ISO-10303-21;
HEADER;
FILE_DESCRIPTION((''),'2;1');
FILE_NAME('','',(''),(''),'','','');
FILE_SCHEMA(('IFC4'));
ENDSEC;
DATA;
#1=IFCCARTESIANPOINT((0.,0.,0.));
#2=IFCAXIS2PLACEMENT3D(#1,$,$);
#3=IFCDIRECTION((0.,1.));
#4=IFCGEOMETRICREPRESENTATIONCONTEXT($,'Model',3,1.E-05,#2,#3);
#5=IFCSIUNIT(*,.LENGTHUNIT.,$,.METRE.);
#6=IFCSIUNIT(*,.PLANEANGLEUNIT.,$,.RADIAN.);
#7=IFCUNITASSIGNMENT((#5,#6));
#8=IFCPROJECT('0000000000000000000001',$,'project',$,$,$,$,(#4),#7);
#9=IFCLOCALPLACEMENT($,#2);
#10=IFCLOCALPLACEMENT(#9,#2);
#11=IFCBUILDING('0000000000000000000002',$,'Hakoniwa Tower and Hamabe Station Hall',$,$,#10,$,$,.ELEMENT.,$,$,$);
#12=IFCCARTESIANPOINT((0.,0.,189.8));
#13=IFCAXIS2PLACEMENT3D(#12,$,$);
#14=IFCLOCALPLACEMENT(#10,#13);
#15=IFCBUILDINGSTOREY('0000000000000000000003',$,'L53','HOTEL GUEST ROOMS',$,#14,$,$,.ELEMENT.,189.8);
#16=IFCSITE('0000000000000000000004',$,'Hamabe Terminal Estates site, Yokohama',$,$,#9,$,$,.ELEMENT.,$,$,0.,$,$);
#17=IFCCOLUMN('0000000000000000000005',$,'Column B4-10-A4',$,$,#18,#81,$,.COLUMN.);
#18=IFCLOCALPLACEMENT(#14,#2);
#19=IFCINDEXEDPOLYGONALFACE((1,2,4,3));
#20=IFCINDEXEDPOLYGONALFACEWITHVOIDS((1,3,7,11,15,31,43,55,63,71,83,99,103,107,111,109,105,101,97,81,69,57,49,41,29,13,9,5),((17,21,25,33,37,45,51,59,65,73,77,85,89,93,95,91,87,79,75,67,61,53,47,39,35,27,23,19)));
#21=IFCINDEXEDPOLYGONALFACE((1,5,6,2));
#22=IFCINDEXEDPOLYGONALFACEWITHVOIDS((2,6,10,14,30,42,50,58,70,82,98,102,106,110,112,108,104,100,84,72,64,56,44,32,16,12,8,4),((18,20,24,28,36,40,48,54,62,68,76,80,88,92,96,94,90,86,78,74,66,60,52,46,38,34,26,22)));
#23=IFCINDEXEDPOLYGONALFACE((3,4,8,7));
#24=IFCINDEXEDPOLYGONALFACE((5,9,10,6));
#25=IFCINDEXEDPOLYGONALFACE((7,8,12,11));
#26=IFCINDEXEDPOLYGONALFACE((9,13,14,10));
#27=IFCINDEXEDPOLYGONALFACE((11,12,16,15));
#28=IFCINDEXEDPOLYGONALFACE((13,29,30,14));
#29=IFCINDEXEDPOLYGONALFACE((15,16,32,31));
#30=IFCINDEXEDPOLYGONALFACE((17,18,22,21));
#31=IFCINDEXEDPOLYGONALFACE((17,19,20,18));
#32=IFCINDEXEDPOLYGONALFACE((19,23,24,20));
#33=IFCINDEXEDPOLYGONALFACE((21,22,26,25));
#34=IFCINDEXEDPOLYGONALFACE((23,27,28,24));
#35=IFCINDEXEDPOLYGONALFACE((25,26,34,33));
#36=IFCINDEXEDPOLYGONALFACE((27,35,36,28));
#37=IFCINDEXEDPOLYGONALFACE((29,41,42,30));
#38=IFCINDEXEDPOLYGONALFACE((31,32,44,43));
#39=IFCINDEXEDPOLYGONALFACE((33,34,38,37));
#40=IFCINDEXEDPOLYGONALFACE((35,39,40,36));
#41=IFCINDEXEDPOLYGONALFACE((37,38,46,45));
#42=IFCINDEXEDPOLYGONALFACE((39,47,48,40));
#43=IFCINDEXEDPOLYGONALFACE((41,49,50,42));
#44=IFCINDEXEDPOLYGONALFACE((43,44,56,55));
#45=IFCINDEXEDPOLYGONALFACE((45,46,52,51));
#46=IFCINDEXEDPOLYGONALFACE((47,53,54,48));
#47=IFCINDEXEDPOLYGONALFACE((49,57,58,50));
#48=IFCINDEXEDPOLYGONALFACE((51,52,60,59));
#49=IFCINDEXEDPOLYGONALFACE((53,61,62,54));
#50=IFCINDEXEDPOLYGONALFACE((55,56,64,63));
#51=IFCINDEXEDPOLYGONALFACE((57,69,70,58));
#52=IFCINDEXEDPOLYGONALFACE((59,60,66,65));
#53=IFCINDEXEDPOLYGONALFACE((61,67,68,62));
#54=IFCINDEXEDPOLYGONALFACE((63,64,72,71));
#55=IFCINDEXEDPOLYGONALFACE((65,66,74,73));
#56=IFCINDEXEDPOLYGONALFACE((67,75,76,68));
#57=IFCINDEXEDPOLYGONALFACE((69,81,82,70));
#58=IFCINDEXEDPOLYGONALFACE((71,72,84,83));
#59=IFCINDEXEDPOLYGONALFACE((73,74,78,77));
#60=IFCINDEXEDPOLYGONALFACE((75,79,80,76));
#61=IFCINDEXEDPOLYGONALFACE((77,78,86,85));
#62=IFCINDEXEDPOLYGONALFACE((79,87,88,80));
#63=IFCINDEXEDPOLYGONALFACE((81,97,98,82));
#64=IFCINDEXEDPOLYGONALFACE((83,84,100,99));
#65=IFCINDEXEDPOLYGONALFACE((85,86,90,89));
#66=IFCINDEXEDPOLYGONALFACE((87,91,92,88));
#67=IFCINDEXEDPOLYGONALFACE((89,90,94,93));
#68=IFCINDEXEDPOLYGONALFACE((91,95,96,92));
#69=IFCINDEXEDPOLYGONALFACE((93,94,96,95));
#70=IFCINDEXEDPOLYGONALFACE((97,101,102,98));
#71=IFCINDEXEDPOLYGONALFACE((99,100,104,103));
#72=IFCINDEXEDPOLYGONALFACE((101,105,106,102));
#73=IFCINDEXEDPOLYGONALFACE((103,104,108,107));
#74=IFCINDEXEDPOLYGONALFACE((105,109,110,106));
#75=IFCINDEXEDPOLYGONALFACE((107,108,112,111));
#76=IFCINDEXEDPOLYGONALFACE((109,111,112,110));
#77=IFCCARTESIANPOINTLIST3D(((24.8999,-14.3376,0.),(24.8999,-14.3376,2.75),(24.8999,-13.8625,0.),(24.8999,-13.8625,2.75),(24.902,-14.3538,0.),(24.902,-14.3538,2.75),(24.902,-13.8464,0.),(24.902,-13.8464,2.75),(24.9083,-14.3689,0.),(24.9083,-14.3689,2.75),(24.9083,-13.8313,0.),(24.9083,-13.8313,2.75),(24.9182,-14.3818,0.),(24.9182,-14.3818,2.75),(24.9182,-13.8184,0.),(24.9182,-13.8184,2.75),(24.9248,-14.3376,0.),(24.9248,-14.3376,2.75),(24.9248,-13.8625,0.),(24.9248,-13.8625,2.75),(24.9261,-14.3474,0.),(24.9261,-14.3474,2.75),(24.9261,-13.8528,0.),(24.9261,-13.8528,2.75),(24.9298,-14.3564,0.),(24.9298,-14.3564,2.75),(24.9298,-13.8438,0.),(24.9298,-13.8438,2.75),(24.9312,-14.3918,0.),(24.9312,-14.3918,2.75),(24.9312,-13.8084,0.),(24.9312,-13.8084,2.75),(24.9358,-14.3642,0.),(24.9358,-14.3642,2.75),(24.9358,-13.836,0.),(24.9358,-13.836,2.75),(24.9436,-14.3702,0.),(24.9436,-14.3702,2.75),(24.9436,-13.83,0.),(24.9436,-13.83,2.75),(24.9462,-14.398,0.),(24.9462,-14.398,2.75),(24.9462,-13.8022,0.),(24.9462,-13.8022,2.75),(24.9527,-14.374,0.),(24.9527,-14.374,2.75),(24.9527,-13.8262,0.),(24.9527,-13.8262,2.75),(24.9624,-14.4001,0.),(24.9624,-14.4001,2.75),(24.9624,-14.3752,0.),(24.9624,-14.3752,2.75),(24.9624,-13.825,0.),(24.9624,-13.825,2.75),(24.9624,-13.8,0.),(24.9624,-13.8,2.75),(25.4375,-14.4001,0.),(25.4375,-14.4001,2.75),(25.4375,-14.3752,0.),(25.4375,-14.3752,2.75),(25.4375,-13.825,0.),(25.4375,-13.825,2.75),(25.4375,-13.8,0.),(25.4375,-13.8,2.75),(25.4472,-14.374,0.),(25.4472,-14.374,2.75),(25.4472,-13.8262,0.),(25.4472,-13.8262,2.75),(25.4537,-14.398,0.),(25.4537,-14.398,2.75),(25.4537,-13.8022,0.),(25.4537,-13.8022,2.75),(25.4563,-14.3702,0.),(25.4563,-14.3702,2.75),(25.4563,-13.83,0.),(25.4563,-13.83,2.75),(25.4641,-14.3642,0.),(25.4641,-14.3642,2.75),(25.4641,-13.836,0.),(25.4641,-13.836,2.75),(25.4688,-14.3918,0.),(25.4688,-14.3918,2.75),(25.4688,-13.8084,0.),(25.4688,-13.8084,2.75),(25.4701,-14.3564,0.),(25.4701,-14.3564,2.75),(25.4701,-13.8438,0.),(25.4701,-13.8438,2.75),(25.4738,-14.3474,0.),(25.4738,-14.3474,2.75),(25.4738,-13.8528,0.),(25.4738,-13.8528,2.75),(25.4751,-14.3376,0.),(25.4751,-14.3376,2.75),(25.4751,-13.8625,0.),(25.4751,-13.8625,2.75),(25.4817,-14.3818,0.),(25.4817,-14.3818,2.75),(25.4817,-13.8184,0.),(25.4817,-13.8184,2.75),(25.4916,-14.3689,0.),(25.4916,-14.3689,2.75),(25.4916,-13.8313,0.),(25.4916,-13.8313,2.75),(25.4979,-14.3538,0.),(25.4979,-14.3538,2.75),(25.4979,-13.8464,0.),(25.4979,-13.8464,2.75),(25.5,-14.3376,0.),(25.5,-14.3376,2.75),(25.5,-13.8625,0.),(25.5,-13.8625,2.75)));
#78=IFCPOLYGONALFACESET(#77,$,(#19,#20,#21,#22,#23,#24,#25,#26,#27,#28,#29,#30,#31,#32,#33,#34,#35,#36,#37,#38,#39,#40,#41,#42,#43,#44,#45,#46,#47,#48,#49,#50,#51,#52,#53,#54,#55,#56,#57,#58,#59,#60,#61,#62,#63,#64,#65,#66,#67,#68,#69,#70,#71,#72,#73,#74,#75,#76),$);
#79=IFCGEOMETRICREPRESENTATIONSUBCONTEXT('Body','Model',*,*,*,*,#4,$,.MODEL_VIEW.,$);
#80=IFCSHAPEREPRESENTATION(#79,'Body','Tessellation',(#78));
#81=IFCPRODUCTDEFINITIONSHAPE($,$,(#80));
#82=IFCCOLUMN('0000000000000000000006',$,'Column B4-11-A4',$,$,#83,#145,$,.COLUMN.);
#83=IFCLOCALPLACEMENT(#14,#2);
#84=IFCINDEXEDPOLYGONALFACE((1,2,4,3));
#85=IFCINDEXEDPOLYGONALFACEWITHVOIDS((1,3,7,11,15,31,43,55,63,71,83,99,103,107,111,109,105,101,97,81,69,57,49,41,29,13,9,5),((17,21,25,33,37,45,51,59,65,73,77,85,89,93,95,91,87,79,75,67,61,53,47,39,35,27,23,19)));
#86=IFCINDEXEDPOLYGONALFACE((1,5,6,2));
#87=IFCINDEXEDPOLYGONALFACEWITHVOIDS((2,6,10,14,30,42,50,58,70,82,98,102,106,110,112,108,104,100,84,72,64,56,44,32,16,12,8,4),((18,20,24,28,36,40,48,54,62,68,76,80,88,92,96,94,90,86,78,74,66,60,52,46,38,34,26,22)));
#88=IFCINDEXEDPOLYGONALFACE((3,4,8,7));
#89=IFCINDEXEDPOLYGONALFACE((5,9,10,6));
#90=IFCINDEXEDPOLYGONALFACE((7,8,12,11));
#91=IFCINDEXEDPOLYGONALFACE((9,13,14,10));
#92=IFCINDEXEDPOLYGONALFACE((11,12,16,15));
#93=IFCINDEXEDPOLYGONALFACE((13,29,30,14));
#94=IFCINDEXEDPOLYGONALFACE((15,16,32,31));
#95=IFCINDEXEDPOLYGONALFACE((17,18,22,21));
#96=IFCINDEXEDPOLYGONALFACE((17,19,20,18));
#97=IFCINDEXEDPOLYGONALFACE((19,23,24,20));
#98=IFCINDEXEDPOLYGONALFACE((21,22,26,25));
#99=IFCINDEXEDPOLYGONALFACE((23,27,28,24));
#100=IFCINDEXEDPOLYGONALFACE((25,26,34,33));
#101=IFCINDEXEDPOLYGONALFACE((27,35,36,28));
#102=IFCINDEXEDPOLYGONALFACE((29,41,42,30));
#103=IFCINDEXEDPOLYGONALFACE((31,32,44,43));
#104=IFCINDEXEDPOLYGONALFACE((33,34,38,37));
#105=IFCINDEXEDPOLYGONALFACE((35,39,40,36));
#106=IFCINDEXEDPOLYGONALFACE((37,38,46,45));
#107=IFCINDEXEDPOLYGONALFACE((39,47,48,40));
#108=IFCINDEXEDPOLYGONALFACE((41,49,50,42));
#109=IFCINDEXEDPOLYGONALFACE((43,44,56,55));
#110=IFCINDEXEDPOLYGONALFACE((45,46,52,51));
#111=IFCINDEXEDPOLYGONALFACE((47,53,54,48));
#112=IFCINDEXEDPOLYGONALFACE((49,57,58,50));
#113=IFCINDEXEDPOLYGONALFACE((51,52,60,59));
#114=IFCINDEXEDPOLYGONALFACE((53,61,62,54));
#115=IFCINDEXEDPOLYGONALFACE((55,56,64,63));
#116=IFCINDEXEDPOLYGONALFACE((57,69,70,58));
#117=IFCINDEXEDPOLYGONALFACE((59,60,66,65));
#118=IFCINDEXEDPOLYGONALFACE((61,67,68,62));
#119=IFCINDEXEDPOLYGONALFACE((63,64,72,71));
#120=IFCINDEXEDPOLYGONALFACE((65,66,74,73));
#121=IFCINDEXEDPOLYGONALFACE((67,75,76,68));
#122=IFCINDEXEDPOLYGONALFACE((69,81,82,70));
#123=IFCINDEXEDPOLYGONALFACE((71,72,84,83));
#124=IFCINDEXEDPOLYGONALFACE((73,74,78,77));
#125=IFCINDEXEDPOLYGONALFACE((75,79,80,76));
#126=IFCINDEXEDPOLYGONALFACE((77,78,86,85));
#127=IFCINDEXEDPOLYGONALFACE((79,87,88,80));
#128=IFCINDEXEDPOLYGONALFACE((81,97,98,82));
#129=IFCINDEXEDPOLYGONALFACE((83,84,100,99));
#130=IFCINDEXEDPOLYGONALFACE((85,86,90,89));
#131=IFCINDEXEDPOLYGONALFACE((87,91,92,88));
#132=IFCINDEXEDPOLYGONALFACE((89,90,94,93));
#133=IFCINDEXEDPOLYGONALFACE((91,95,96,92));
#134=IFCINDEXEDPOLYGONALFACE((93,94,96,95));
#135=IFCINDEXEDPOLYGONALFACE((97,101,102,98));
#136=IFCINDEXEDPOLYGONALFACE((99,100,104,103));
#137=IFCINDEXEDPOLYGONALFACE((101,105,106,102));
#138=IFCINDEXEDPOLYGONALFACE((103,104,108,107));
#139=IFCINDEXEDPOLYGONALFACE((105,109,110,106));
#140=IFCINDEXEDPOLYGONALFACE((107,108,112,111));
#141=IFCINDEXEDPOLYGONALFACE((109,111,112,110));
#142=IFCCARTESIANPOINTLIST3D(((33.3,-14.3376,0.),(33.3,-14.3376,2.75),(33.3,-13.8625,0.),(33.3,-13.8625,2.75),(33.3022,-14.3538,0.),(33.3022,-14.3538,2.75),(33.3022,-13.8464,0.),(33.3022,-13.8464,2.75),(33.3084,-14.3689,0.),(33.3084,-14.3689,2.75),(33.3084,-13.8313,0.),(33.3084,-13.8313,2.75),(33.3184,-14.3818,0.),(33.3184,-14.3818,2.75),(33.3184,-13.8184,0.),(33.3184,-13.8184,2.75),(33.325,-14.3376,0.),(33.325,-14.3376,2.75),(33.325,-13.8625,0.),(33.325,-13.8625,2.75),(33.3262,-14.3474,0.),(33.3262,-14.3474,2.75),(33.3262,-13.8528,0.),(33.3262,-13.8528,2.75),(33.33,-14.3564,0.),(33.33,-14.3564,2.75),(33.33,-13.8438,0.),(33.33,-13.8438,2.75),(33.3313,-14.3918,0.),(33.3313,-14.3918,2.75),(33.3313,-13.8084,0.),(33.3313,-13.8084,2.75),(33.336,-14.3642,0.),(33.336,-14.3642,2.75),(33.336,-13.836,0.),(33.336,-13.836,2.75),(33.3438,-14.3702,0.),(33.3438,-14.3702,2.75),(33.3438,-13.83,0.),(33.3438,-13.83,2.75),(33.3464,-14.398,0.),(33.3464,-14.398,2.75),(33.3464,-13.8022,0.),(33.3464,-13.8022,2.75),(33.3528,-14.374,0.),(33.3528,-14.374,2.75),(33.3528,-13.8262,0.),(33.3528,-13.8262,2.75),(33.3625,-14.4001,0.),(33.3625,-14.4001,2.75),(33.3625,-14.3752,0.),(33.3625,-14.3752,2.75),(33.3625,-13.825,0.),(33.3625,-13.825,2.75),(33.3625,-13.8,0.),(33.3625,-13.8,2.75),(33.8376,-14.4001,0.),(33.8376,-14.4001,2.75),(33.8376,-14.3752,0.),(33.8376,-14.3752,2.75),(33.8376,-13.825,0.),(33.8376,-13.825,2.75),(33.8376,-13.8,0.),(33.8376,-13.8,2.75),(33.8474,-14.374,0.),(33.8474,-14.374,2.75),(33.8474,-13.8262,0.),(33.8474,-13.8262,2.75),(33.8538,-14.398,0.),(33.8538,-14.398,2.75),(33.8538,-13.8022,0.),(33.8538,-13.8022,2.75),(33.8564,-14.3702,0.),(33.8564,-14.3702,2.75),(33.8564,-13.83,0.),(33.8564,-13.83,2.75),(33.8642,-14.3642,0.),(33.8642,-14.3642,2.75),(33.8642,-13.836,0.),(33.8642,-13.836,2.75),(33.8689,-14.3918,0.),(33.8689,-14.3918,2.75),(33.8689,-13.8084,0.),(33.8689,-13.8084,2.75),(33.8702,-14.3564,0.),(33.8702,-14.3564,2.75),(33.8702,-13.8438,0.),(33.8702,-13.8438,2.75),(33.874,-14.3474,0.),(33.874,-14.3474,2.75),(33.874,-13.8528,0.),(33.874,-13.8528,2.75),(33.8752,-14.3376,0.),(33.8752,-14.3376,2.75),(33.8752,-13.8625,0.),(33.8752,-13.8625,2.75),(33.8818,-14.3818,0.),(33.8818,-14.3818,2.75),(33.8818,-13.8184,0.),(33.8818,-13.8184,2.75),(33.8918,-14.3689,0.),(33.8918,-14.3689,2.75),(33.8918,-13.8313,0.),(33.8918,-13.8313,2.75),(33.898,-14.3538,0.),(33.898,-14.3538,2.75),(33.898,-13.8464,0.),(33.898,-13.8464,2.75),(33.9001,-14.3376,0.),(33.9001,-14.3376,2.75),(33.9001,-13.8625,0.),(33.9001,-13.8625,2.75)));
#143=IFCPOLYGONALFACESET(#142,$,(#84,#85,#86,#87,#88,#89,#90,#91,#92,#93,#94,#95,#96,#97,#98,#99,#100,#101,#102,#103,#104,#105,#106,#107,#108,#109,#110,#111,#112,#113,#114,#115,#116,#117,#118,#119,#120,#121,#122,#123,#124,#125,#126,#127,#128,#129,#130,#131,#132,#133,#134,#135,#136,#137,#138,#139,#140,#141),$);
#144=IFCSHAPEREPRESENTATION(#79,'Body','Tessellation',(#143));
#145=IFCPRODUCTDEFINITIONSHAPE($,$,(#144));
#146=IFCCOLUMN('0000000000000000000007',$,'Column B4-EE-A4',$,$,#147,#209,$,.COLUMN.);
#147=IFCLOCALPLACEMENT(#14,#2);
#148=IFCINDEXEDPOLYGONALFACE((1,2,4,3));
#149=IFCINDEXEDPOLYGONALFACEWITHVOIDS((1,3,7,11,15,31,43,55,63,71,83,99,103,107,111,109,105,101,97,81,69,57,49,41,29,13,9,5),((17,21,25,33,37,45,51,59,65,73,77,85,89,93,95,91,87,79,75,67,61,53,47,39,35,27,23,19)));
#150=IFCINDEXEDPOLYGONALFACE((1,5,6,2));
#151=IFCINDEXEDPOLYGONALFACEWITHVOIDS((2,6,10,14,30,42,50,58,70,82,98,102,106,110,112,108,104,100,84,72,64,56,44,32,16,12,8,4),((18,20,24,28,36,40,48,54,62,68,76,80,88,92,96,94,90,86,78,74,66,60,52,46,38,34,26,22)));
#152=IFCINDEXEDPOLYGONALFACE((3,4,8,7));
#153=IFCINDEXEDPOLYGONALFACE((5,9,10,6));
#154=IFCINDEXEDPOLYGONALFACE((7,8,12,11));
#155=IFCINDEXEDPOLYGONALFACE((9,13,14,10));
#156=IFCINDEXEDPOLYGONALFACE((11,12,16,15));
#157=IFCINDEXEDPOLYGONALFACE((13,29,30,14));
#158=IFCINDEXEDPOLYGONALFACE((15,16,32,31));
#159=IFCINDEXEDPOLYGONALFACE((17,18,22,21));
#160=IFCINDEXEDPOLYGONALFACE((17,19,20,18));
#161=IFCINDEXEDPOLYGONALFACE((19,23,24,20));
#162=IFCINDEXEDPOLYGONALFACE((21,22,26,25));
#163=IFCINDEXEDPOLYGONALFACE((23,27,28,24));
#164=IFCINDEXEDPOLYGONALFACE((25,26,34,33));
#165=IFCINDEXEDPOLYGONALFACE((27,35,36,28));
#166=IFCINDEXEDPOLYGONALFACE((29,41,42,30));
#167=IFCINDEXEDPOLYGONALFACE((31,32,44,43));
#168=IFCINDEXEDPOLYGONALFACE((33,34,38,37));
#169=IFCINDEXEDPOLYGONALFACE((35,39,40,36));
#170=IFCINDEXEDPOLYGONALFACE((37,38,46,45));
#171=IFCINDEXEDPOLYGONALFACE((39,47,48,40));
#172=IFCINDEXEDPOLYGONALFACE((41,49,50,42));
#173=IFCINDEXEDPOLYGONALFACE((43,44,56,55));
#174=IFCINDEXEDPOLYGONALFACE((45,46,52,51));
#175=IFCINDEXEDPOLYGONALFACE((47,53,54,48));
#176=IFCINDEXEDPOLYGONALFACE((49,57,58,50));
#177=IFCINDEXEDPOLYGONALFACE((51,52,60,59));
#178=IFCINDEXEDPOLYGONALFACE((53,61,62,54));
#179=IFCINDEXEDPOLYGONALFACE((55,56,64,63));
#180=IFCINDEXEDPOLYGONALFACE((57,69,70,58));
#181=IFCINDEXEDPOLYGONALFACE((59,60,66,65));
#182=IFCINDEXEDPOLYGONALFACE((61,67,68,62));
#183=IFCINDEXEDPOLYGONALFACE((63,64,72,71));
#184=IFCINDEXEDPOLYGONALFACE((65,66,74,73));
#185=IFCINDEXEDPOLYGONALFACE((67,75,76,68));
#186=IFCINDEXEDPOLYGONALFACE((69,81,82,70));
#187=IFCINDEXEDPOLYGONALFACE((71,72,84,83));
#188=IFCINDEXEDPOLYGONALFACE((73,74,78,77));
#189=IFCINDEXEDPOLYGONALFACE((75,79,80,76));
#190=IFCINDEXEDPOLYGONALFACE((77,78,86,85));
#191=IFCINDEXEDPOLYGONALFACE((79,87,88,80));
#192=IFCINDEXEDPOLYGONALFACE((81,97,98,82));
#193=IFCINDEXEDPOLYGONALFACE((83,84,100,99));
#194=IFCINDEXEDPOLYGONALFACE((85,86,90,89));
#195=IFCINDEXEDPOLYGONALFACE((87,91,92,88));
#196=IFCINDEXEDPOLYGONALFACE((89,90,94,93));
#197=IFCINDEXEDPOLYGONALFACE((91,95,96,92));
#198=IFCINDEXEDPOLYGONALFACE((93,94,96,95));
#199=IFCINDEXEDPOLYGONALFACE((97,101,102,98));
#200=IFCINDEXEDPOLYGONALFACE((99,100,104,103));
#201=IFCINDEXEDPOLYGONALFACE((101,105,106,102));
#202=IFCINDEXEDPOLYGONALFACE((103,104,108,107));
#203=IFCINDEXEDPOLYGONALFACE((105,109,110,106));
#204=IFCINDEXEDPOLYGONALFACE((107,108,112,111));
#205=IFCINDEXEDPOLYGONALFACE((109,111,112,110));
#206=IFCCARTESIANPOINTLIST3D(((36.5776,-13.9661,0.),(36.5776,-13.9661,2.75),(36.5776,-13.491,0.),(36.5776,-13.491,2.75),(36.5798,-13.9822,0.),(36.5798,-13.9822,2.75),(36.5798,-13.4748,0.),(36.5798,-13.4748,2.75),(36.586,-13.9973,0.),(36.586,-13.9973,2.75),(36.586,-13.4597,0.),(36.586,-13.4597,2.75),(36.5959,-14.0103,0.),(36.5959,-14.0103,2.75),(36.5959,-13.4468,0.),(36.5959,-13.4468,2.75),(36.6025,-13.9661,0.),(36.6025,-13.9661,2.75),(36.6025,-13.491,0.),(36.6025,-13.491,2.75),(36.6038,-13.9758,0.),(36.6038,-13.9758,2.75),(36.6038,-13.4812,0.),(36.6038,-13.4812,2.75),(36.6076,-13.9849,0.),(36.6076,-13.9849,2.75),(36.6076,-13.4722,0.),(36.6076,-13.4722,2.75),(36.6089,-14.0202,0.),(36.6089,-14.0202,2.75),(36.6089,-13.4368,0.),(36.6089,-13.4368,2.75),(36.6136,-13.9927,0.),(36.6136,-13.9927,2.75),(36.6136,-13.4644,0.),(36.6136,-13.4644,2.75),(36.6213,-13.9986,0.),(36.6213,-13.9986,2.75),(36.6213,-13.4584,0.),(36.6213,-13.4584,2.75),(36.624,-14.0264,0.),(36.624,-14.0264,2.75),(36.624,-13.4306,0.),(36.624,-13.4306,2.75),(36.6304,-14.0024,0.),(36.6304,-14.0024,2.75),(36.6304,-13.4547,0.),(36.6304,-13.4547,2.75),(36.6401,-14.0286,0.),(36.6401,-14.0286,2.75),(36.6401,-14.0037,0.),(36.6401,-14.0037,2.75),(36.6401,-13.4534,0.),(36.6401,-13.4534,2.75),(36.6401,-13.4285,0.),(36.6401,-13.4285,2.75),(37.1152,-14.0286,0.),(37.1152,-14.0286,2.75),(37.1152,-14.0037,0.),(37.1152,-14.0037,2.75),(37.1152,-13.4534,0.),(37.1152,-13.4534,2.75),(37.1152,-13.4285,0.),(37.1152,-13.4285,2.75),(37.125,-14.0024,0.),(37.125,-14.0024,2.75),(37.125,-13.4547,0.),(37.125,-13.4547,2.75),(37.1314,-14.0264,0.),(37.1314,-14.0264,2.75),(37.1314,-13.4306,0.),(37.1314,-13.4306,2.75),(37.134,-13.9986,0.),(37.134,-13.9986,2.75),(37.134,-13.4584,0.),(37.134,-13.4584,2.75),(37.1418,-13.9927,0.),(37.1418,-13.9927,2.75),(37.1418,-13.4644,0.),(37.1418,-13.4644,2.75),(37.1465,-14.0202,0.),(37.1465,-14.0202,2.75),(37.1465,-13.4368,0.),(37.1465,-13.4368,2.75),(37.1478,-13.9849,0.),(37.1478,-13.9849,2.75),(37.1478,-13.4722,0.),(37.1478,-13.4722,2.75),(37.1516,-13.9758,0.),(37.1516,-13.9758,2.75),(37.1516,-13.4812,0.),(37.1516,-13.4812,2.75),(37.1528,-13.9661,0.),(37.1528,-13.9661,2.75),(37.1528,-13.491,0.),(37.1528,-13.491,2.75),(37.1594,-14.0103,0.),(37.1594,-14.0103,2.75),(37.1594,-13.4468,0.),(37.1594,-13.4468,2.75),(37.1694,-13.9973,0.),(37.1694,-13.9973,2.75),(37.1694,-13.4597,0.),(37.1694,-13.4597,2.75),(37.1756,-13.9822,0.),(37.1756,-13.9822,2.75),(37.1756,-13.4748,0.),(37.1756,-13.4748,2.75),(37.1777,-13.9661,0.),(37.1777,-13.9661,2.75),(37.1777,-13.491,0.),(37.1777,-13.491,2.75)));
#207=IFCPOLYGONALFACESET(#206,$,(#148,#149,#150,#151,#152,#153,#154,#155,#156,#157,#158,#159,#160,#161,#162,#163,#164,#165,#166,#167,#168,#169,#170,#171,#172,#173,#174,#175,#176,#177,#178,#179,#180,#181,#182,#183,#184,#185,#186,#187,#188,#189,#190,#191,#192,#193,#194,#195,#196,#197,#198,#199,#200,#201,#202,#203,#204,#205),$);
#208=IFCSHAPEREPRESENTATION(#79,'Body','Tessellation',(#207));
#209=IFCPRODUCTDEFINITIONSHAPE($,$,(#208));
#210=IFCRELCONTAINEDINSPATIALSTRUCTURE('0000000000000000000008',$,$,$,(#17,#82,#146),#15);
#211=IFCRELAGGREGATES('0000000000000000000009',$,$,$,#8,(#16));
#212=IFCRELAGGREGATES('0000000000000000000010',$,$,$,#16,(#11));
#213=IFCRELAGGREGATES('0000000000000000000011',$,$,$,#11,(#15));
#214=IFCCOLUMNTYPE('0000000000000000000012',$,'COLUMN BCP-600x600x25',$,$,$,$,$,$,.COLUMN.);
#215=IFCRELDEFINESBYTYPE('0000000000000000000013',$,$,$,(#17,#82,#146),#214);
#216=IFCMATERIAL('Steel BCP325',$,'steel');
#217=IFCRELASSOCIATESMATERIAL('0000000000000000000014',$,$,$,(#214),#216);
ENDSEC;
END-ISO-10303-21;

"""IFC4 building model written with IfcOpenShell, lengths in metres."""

from ifc_helpers import new_model, si_unit, direction, frame, origin, origin_2d, place, context, subcontext, project, spatial, hollow_rectangle, extrude, material, material_profile, profile_set, type_object, element, save


model = new_model("IFC4")

# Units and contexts
model_context = context("Model", 3, precision=1e-05, world=origin(), true_north=direction((0.0, 1.0)))
body_context = subcontext(model_context, "Body", "Model", "MODEL_VIEW")
ifc_project = project(units=[si_unit("LENGTHUNIT", "METRE"), si_unit("PLANEANGLEUNIT", "RADIAN")], contexts=[model_context])

# Site, building, storey
site_placement = place(None, origin())
site = spatial("IfcSite", under=ifc_project, at=site_placement, Name="Hamabe Terminal Estates site, Yokohama", CompositionType="ELEMENT", RefElevation=0.0)
building_placement = place(site_placement, origin())
building = spatial("IfcBuilding", under=site, at=building_placement, Name="Hakoniwa Tower and Hamabe Station Hall", CompositionType="ELEMENT")
storey_placement = place(building_placement, frame((0.0, 0.0, 189.8)))
storey = spatial("IfcBuildingStorey", under=building, at=storey_placement, Name="L53", Description="HOTEL GUEST ROOMS", CompositionType="ELEMENT", Elevation=189.8)

# Columns
ifc_material_1 = material(Name="Steel BCP325", Category="steel")
ifc_material_profile_1 = material_profile(ifc_material_1, hollow_rectangle(XDim=0.6001, YDim=0.6001, WallThickness=0.0249, InnerFilletRadius=0.0376, OuterFilletRadius=0.0625, at=origin_2d()), Name="BCP-600x600x25")
ifc_profile_set_1 = profile_set([ifc_material_profile_1], Name="Steel BCP325")
column_type = type_object("IfcColumnType", Name="COLUMN BCP-600x600x25", PredefinedType="COLUMN", material=ifc_profile_set_1)
for number, where, z_axis, x_axis, name in (
    (1, (25.2, -14.1001, 0.0), (0.0, 0.0, 1.0), (1.0, 0.0, 0.0), "Column B4-10-A4"),
    (2, (33.6001, -14.1001, 0.0), (0.0, 0.0, 1.0), (1.0, 0.0, 0.0), "Column B4-11-A4"),
    (3, (36.8777, -13.7285, 0.0), (0.0, 0.0, 1.0), (1.0, 0.0, 0.0), "Column B4-EE-A4"),
):
    element("IfcColumn", number, at=place(storey_placement, frame(where, z_axis=z_axis, x_axis=x_axis)), inside=storey, type_object=column_type, Name=name, PredefinedType="COLUMN", context=body_context, shape_type="SweptSolid", body=[
        extrude(hollow_rectangle(XDim=0.6001, YDim=0.6001, WallThickness=0.0249, InnerFilletRadius=0.0376, OuterFilletRadius=0.0625, at=origin_2d()), origin(), (0.0, 0.0, 1.0), 2.75),
    ])

save(model, "model.ifc")
